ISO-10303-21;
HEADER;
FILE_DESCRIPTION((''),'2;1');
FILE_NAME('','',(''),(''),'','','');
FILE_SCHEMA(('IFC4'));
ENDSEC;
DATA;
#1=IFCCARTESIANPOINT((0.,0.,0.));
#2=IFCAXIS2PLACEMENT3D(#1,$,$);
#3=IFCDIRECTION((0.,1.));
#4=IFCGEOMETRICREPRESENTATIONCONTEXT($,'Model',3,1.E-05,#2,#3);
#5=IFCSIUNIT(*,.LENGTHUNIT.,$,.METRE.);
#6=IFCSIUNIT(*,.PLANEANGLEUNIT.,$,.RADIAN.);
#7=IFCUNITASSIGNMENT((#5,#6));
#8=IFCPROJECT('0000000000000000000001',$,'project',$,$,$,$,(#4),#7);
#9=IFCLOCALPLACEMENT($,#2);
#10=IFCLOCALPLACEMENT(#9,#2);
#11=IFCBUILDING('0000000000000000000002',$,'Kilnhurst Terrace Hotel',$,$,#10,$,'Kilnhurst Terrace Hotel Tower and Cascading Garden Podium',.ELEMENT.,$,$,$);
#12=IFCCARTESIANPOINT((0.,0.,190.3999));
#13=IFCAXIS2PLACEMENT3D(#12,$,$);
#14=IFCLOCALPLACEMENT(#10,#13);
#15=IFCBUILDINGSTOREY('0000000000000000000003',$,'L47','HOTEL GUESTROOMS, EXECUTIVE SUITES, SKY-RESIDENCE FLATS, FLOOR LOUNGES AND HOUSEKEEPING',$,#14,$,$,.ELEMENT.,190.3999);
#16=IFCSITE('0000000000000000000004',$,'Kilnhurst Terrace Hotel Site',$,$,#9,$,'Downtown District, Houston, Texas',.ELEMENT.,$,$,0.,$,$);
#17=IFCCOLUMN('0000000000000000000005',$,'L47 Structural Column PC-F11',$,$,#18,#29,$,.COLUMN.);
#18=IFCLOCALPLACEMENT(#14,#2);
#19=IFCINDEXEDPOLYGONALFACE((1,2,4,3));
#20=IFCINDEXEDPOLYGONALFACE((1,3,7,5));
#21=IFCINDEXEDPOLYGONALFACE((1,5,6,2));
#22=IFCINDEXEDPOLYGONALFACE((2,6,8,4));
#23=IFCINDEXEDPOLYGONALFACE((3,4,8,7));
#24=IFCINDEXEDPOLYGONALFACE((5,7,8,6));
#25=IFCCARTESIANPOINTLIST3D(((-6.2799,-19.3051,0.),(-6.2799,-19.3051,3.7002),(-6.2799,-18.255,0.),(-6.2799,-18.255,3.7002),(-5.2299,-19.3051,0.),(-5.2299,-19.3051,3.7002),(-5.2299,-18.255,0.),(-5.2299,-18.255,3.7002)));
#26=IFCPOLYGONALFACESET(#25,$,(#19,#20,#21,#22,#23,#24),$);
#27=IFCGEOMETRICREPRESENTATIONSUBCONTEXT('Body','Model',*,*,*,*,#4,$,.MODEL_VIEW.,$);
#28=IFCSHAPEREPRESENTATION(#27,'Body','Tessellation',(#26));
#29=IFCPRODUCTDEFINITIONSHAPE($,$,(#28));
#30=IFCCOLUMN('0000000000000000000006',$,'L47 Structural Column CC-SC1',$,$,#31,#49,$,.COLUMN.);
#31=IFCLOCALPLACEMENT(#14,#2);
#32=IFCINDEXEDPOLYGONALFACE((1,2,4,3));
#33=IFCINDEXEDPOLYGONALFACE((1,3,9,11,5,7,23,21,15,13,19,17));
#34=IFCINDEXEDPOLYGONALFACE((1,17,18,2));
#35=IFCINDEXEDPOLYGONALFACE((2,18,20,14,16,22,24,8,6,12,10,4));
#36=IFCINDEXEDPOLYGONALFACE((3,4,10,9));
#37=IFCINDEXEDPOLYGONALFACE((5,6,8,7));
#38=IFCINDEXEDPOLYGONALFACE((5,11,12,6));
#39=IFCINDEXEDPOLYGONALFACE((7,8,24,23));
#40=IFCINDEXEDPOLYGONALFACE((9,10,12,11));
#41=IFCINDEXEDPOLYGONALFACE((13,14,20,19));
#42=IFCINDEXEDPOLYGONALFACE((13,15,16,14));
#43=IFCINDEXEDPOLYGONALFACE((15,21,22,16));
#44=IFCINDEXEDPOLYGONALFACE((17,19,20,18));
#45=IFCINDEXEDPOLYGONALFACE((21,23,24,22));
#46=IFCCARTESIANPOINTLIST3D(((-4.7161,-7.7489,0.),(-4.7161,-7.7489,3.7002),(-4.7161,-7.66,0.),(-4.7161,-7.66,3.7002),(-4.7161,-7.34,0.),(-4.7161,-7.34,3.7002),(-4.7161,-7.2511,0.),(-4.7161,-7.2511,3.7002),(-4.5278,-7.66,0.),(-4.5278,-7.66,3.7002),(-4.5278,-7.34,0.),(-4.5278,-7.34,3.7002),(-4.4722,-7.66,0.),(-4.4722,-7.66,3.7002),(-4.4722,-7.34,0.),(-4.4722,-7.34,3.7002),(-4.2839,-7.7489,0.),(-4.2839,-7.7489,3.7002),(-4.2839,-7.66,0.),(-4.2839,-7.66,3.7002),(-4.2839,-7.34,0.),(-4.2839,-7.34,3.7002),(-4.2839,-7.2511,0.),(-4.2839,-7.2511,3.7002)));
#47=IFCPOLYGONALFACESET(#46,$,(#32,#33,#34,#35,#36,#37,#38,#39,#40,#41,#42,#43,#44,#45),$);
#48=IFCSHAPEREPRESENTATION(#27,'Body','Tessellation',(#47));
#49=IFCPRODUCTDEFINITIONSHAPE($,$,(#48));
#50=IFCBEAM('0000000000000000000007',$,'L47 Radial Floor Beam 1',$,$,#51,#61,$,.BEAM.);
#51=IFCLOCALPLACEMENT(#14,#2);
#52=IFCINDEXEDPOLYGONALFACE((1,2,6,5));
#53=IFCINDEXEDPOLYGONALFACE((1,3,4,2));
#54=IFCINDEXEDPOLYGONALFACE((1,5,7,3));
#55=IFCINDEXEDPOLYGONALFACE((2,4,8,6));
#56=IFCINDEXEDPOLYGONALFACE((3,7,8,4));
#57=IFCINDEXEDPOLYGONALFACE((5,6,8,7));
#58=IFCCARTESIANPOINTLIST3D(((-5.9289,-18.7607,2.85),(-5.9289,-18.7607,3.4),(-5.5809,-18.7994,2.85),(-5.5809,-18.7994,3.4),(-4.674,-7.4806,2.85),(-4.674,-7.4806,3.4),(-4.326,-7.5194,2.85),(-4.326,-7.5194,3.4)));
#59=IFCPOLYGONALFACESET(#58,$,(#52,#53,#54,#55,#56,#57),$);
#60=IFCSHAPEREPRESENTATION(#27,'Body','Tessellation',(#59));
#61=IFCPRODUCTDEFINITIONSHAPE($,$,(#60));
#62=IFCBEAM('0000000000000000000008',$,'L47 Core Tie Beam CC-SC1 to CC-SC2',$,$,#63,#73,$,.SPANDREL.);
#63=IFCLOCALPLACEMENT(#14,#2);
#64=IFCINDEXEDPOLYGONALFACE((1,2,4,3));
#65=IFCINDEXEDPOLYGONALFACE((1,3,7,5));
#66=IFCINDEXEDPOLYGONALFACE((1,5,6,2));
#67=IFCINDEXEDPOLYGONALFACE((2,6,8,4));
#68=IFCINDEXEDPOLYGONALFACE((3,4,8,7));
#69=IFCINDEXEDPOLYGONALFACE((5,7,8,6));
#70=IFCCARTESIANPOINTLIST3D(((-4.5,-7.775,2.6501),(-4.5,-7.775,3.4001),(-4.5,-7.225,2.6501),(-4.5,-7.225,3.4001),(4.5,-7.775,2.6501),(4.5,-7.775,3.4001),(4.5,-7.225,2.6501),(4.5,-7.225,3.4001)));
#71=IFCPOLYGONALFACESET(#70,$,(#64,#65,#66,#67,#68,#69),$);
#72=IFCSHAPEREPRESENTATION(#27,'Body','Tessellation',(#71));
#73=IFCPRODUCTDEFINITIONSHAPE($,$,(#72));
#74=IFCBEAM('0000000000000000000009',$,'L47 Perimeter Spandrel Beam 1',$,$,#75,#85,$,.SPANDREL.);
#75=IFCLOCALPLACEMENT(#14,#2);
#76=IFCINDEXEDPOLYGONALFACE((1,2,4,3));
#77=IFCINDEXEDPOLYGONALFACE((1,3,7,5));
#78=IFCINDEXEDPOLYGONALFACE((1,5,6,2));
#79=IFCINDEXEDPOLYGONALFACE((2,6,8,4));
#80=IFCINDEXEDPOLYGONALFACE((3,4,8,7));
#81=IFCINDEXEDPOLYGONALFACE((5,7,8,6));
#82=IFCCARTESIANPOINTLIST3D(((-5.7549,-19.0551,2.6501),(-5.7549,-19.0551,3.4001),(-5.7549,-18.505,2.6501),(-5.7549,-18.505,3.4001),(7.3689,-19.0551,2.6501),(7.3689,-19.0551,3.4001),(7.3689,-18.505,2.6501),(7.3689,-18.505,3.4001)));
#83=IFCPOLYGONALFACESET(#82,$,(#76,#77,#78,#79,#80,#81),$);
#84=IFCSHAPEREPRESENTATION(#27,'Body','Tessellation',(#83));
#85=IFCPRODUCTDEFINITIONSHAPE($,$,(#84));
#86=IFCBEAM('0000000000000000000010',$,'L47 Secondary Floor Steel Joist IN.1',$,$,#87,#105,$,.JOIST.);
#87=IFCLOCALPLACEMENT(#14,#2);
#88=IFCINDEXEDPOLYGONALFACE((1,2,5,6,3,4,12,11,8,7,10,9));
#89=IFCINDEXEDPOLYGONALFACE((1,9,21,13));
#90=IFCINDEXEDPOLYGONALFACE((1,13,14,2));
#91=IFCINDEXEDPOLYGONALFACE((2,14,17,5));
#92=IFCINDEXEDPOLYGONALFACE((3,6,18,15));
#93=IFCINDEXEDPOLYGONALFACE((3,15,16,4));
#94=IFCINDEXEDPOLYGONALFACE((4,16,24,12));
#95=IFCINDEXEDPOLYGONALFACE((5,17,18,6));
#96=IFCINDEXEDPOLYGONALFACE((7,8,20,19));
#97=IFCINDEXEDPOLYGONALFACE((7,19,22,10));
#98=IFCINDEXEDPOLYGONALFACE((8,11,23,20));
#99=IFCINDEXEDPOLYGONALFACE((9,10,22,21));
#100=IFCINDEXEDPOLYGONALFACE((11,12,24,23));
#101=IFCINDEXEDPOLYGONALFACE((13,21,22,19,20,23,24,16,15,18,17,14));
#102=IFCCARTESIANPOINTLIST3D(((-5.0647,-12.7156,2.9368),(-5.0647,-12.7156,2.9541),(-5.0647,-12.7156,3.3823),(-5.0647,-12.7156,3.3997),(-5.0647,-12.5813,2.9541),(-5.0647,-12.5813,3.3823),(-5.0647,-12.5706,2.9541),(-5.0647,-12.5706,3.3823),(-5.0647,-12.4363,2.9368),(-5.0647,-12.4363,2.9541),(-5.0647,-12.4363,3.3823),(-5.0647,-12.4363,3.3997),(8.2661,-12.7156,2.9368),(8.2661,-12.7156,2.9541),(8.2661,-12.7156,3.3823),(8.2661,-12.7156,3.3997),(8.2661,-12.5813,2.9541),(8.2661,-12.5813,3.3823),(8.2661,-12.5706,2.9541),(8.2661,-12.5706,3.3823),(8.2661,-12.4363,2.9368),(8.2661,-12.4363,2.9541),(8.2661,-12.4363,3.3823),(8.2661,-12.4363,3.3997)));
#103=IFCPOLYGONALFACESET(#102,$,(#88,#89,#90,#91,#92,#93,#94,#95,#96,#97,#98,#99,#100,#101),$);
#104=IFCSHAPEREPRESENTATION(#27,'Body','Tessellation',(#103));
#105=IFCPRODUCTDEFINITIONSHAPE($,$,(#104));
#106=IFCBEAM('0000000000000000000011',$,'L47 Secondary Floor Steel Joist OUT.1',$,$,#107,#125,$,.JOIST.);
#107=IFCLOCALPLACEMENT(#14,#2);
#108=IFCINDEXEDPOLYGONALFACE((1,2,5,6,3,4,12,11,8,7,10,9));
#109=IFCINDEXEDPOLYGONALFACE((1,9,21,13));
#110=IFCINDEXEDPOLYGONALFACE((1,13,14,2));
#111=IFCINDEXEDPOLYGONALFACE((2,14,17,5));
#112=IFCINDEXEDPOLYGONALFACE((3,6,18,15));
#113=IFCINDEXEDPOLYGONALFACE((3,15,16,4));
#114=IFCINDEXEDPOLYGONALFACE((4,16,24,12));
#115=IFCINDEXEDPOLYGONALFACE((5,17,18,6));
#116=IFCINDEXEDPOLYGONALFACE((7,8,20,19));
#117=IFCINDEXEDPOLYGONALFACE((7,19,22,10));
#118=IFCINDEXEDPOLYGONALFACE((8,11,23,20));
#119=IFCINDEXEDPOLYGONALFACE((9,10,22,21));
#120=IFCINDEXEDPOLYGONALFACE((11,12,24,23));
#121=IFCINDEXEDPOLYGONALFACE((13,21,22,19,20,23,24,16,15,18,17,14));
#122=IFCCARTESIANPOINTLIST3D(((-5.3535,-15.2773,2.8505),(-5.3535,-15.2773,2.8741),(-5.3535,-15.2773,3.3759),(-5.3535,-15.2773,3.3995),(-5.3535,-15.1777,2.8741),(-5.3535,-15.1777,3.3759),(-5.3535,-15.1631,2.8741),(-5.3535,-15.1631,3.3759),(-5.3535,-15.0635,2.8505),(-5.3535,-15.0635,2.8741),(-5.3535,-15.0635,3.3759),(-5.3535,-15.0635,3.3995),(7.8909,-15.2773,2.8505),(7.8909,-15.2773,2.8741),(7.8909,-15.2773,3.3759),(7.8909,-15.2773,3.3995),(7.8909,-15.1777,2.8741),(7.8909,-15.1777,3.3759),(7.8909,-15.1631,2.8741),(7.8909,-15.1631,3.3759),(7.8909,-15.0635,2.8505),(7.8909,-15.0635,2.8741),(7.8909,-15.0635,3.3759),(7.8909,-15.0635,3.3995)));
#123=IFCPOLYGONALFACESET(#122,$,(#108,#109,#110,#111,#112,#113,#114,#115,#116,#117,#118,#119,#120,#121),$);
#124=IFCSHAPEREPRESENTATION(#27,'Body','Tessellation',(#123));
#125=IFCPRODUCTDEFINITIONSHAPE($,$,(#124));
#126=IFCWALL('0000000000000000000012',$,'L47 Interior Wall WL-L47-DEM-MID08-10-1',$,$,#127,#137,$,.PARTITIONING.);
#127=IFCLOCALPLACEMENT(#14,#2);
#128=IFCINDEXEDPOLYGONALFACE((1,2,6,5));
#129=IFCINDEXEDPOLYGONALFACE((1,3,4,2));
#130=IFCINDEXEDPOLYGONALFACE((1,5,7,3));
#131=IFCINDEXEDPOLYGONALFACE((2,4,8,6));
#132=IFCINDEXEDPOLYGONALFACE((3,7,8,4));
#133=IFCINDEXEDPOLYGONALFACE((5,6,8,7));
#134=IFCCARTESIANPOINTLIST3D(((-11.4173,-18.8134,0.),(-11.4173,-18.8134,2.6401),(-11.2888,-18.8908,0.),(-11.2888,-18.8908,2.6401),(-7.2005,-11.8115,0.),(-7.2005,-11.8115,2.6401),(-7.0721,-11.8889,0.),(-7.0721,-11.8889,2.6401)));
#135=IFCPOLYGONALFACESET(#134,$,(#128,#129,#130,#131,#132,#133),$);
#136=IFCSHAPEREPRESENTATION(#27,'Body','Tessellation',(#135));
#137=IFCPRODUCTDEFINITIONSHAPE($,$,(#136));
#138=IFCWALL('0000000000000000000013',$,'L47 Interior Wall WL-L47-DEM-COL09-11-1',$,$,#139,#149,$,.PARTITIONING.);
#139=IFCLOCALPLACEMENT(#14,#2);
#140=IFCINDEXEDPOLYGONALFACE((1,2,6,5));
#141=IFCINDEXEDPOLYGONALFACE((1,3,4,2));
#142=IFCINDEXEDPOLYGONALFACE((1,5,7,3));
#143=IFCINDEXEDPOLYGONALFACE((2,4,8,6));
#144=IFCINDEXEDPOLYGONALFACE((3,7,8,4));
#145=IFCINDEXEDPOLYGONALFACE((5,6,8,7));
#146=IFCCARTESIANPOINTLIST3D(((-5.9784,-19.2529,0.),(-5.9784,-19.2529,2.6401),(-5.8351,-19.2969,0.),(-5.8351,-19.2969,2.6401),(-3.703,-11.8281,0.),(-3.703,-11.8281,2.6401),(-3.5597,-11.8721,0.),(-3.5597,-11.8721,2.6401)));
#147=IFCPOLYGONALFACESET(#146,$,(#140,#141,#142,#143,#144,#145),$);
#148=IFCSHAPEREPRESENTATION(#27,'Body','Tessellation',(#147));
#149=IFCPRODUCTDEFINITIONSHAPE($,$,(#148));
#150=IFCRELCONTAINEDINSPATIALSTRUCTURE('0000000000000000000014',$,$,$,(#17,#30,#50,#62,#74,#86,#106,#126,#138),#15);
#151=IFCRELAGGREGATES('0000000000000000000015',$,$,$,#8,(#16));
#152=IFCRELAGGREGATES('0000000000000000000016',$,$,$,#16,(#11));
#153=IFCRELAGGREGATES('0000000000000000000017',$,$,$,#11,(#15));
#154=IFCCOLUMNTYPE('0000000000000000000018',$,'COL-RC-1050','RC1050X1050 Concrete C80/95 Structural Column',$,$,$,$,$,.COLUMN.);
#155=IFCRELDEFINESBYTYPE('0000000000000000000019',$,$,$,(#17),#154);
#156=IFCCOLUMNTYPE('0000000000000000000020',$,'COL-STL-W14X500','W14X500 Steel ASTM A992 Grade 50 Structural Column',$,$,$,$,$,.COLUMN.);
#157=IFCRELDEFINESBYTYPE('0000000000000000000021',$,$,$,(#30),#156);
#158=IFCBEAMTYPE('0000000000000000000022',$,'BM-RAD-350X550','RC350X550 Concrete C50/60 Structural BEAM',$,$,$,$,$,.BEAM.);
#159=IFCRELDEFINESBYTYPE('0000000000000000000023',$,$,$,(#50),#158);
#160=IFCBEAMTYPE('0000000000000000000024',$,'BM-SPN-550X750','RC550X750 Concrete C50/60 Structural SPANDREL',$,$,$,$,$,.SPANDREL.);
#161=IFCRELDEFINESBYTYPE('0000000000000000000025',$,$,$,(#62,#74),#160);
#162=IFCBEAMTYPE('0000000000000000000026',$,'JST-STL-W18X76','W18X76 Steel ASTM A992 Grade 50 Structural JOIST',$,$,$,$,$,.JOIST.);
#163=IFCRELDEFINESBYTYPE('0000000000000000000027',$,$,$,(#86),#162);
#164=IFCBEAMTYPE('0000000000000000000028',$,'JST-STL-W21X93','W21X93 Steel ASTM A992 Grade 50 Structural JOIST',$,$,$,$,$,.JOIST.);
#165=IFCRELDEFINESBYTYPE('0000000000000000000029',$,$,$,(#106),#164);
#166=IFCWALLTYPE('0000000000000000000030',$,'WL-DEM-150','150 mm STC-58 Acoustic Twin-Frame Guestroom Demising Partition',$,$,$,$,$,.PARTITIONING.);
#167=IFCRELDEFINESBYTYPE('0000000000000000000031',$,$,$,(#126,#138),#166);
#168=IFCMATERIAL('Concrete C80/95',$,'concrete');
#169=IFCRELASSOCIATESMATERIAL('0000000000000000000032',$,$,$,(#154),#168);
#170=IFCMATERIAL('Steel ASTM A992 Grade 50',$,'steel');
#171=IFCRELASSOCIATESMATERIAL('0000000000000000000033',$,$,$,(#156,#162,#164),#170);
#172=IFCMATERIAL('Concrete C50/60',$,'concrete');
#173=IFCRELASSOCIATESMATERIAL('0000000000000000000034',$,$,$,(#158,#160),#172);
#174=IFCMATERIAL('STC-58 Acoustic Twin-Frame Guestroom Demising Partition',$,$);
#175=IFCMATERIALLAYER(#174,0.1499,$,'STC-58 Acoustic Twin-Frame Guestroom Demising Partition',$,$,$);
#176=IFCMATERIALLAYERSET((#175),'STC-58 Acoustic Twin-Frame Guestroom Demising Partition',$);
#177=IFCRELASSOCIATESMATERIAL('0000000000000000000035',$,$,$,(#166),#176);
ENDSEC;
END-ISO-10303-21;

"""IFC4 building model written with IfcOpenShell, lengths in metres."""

from ifc_helpers import new_model, si_unit, direction, frame, frame_2d, origin, origin_2d, place, context, subcontext, project, spatial, rectangle, i_section, extrude, material, layer, layer_set, material_profile, profile_set, type_object, element, save


model = new_model("IFC4")

# Units and contexts
model_context = context("Model", 3, precision=1e-05, world=origin(), true_north=direction((0.0, 1.0)))
body_context = subcontext(model_context, "Body", "Model", "MODEL_VIEW")
ifc_project = project(units=[si_unit("LENGTHUNIT", "METRE"), si_unit("PLANEANGLEUNIT", "RADIAN")], contexts=[model_context])

# Site, building, storey
site_placement = place(None, origin())
site = spatial("IfcSite", under=ifc_project, at=site_placement, Name="Kilnhurst Terrace Hotel Site", LongName="Downtown District, Houston, Texas", CompositionType="ELEMENT", RefElevation=0.0)
building_placement = place(site_placement, origin())
building = spatial("IfcBuilding", under=site, at=building_placement, Name="Kilnhurst Terrace Hotel", LongName="Kilnhurst Terrace Hotel Tower and Cascading Garden Podium", CompositionType="ELEMENT")
storey_placement = place(building_placement, frame((0.0, 0.0, 190.3999)))
storey = spatial("IfcBuildingStorey", under=building, at=storey_placement, Name="L47", Description="HOTEL GUESTROOMS, EXECUTIVE SUITES, SKY-RESIDENCE FLATS, FLOOR LOUNGES AND HOUSEKEEPING", CompositionType="ELEMENT", Elevation=190.3999)

# Columns
ifc_material_1 = material(Name="Concrete C80/95", Category="concrete")
ifc_material_profile_1 = material_profile(ifc_material_1, rectangle(XDim=1.05, YDim=1.05, at=origin_2d()), Name="RC1050X1050")
ifc_profile_set_1 = profile_set([ifc_material_profile_1], Name="Concrete C80/95")
column_type_1 = type_object("IfcColumnType", Name="COL-RC-1050", Description="RC1050X1050 Concrete C80/95 Structural Column", PredefinedType="COLUMN", material=ifc_profile_set_1)
column_1_placement = place(storey_placement, frame((-5.7549, -18.78, 0.0), z_axis=(0.0, 0.0, 1.0), x_axis=(1.0, 0.0, 0.0)))
element("IfcColumn", 1, at=column_1_placement, inside=storey, type_object=column_type_1, Name="L47 Structural Column PC-F11", PredefinedType="COLUMN", context=body_context, shape_type="SweptSolid", body=[
    extrude(rectangle(XDim=1.05, YDim=1.05, at=origin_2d()), origin(), (0.0, 0.0, 1.0), 3.7002),
])
ifc_material_2 = material(Name="Steel ASTM A992 Grade 50", Category="steel")
ifc_material_profile_2 = material_profile(ifc_material_2, i_section(OverallWidth=0.4321, OverallDepth=0.4978, WebThickness=0.0557, FlangeThickness=0.0889, at=origin_2d()), Name="W14X500")
ifc_profile_set_2 = profile_set([ifc_material_profile_2], Name="Steel ASTM A992 Grade 50")
column_type_2 = type_object("IfcColumnType", Name="COL-STL-W14X500", Description="W14X500 Steel ASTM A992 Grade 50 Structural Column", PredefinedType="COLUMN", material=ifc_profile_set_2)
column_2_placement = place(storey_placement, frame((-4.5, -7.5, 0.0), z_axis=(0.0, 0.0, 1.0), x_axis=(1.0, 0.0, 0.0)))
element("IfcColumn", 2, at=column_2_placement, inside=storey, type_object=column_type_2, Name="L47 Structural Column CC-SC1", PredefinedType="COLUMN", context=body_context, shape_type="SweptSolid", body=[
    extrude(i_section(OverallWidth=0.4321, OverallDepth=0.4978, WebThickness=0.0557, FlangeThickness=0.0889, at=origin_2d()), origin(), (0.0, 0.0, 1.0), 3.7002),
])

# Beams
ifc_material_3 = material(Name="Concrete C50/60", Category="concrete")
ifc_material_profile_3 = material_profile(ifc_material_3, rectangle(XDim=0.3501, YDim=0.55, at=origin_2d()), Name="RC350X550")
ifc_profile_set_3 = profile_set([ifc_material_profile_3], Name="Concrete C50/60")
beam_type_1 = type_object("IfcBeamType", Name="BM-RAD-350X550", Description="RC350X550 Concrete C50/60 Structural BEAM", PredefinedType="BEAM", material=ifc_profile_set_3)
beam_1_placement = place(storey_placement, frame((-4.5, -7.5, 3.125), z_axis=(-0.110566, -0.993869, 0.0), x_axis=(0.993869, -0.110566, 0.0)))
element("IfcBeam", 3, at=beam_1_placement, inside=storey, type_object=beam_type_1, Name="L47 Radial Floor Beam 1", PredefinedType="BEAM", context=body_context, shape_type="SweptSolid", body=[
    extrude(rectangle(XDim=0.3501, YDim=0.55, at=origin_2d()), origin(), (0.0, 0.0, 1.0), 11.3496),
])
ifc_material_profile_4 = material_profile(ifc_material_3, rectangle(XDim=0.55, YDim=0.75, at=origin_2d()), Name="RC550X750")
ifc_profile_set_4 = profile_set([ifc_material_profile_4], Name="Concrete C50/60")
beam_type_2 = type_object("IfcBeamType", Name="BM-SPN-550X750", Description="RC550X750 Concrete C50/60 Structural SPANDREL", PredefinedType="SPANDREL", material=ifc_profile_set_4)
beam_2_placement = place(storey_placement, frame((-4.5, -7.5, 3.0251), z_axis=(1.0, 0.0, 0.0), x_axis=(0.0, 1.0, 0.0)))
element("IfcBeam", 4, at=beam_2_placement, inside=storey, type_object=beam_type_2, Name="L47 Core Tie Beam CC-SC1 to CC-SC2", PredefinedType="SPANDREL", context=body_context, shape_type="SweptSolid", body=[
    extrude(rectangle(XDim=0.55, YDim=0.75, at=origin_2d()), origin(), (0.0, 0.0, 1.0), 9.0),
])
beam_3_placement = place(storey_placement, frame((-5.7549, -18.78, 3.0251), z_axis=(1.0, 0.0, 0.0), x_axis=(0.0, 1.0, 0.0)))
element("IfcBeam", 5, at=beam_3_placement, inside=storey, type_object=beam_type_2, Name="L47 Perimeter Spandrel Beam 1", PredefinedType="SPANDREL", context=body_context, shape_type="SweptSolid", body=[
    extrude(rectangle(XDim=0.55, YDim=0.75, at=origin_2d()), origin(), (0.0, 0.0, 1.0), 13.1238),
])
ifc_material_profile_5 = material_profile(ifc_material_2, i_section(OverallWidth=0.2793, OverallDepth=0.4629, WebThickness=0.0107, FlangeThickness=0.0173, at=origin_2d()), Name="W18X76")
ifc_profile_set_5 = profile_set([ifc_material_profile_5], Name="Steel ASTM A992 Grade 50")
beam_type_3 = type_object("IfcBeamType", Name="JST-STL-W18X76", Description="W18X76 Steel ASTM A992 Grade 50 Structural JOIST", PredefinedType="JOIST", material=ifc_profile_set_5)
beam_4_placement = place(storey_placement, frame((-5.0647, -12.5759, 3.1682), z_axis=(1.0, 0.0, 0.0), x_axis=(0.0, 1.0, 0.0)))
element("IfcBeam", 6, at=beam_4_placement, inside=storey, type_object=beam_type_3, Name="L47 Secondary Floor Steel Joist IN.1", PredefinedType="JOIST", context=body_context, shape_type="SweptSolid", body=[
    extrude(i_section(OverallWidth=0.2793, OverallDepth=0.4629, WebThickness=0.0107, FlangeThickness=0.0173, at=origin_2d()), origin(), (0.0, 0.0, 1.0), 13.3308),
])
ifc_material_profile_6 = material_profile(ifc_material_2, i_section(OverallWidth=0.2139, OverallDepth=0.5491, WebThickness=0.0146, FlangeThickness=0.0237, at=origin_2d()), Name="W21X93")
ifc_profile_set_6 = profile_set([ifc_material_profile_6], Name="Steel ASTM A992 Grade 50")
beam_type_4 = type_object("IfcBeamType", Name="JST-STL-W21X93", Description="W21X93 Steel ASTM A992 Grade 50 Structural JOIST", PredefinedType="JOIST", material=ifc_profile_set_6)
beam_5_placement = place(storey_placement, frame((-5.3535, -15.1704, 3.125), z_axis=(1.0, 0.0, 0.0), x_axis=(0.0, 1.0, 0.0)))
element("IfcBeam", 7, at=beam_5_placement, inside=storey, type_object=beam_type_4, Name="L47 Secondary Floor Steel Joist OUT.1", PredefinedType="JOIST", context=body_context, shape_type="SweptSolid", body=[
    extrude(i_section(OverallWidth=0.2139, OverallDepth=0.5491, WebThickness=0.0146, FlangeThickness=0.0237, at=origin_2d()), origin(), (0.0, 0.0, 1.0), 13.2444),
])

# Walls
ifc_material_4 = material(Name="STC-58 Acoustic Twin-Frame Guestroom Demising Partition")
ifc_layer_1 = layer(ifc_material_4, 0.1499, Name="STC-58 Acoustic Twin-Frame Guestroom Demising Partition")
ifc_layer_set_1 = layer_set([ifc_layer_1], Name="STC-58 Acoustic Twin-Frame Guestroom Demising Partition")
wall_type_1 = type_object("IfcWallType", Name="WL-DEM-150", Description="150 mm STC-58 Acoustic Twin-Frame Guestroom Demising Partition", PredefinedType="PARTITIONING", material=ifc_layer_set_1)
wall_1_placement = place(storey_placement, frame((-7.1362, -11.8501, 0.0), z_axis=(0.0, 0.0, 1.0), x_axis=(-0.515901, -0.856648, 0.0)))
element("IfcWall", 8, at=wall_1_placement, inside=storey, type_object=wall_type_1, Name="L47 Interior Wall WL-L47-DEM-MID08-10-1", PredefinedType="PARTITIONING", context=body_context, shape_type="SweptSolid", body=[
    extrude(rectangle(XDim=8.1736, YDim=0.1499, at=frame_2d((4.0869, 0.0))), origin(), (0.0, 0.0, 1.0), 2.6401),
])
wall_2_placement = place(storey_placement, frame((-3.6313, -11.8501, 0.0), z_axis=(0.0, 0.0, 1.0), x_axis=(-0.293008, -0.95611, 0.0)))
element("IfcWall", 9, at=wall_2_placement, inside=storey, type_object=wall_type_1, Name="L47 Interior Wall WL-L47-DEM-COL09-11-1", PredefinedType="PARTITIONING", context=body_context, shape_type="SweptSolid", body=[
    extrude(rectangle(XDim=7.7656, YDim=0.1499, at=frame_2d((3.8828, 0.0))), origin(), (0.0, 0.0, 1.0), 2.6401),
])

save(model, "model.ifc")
